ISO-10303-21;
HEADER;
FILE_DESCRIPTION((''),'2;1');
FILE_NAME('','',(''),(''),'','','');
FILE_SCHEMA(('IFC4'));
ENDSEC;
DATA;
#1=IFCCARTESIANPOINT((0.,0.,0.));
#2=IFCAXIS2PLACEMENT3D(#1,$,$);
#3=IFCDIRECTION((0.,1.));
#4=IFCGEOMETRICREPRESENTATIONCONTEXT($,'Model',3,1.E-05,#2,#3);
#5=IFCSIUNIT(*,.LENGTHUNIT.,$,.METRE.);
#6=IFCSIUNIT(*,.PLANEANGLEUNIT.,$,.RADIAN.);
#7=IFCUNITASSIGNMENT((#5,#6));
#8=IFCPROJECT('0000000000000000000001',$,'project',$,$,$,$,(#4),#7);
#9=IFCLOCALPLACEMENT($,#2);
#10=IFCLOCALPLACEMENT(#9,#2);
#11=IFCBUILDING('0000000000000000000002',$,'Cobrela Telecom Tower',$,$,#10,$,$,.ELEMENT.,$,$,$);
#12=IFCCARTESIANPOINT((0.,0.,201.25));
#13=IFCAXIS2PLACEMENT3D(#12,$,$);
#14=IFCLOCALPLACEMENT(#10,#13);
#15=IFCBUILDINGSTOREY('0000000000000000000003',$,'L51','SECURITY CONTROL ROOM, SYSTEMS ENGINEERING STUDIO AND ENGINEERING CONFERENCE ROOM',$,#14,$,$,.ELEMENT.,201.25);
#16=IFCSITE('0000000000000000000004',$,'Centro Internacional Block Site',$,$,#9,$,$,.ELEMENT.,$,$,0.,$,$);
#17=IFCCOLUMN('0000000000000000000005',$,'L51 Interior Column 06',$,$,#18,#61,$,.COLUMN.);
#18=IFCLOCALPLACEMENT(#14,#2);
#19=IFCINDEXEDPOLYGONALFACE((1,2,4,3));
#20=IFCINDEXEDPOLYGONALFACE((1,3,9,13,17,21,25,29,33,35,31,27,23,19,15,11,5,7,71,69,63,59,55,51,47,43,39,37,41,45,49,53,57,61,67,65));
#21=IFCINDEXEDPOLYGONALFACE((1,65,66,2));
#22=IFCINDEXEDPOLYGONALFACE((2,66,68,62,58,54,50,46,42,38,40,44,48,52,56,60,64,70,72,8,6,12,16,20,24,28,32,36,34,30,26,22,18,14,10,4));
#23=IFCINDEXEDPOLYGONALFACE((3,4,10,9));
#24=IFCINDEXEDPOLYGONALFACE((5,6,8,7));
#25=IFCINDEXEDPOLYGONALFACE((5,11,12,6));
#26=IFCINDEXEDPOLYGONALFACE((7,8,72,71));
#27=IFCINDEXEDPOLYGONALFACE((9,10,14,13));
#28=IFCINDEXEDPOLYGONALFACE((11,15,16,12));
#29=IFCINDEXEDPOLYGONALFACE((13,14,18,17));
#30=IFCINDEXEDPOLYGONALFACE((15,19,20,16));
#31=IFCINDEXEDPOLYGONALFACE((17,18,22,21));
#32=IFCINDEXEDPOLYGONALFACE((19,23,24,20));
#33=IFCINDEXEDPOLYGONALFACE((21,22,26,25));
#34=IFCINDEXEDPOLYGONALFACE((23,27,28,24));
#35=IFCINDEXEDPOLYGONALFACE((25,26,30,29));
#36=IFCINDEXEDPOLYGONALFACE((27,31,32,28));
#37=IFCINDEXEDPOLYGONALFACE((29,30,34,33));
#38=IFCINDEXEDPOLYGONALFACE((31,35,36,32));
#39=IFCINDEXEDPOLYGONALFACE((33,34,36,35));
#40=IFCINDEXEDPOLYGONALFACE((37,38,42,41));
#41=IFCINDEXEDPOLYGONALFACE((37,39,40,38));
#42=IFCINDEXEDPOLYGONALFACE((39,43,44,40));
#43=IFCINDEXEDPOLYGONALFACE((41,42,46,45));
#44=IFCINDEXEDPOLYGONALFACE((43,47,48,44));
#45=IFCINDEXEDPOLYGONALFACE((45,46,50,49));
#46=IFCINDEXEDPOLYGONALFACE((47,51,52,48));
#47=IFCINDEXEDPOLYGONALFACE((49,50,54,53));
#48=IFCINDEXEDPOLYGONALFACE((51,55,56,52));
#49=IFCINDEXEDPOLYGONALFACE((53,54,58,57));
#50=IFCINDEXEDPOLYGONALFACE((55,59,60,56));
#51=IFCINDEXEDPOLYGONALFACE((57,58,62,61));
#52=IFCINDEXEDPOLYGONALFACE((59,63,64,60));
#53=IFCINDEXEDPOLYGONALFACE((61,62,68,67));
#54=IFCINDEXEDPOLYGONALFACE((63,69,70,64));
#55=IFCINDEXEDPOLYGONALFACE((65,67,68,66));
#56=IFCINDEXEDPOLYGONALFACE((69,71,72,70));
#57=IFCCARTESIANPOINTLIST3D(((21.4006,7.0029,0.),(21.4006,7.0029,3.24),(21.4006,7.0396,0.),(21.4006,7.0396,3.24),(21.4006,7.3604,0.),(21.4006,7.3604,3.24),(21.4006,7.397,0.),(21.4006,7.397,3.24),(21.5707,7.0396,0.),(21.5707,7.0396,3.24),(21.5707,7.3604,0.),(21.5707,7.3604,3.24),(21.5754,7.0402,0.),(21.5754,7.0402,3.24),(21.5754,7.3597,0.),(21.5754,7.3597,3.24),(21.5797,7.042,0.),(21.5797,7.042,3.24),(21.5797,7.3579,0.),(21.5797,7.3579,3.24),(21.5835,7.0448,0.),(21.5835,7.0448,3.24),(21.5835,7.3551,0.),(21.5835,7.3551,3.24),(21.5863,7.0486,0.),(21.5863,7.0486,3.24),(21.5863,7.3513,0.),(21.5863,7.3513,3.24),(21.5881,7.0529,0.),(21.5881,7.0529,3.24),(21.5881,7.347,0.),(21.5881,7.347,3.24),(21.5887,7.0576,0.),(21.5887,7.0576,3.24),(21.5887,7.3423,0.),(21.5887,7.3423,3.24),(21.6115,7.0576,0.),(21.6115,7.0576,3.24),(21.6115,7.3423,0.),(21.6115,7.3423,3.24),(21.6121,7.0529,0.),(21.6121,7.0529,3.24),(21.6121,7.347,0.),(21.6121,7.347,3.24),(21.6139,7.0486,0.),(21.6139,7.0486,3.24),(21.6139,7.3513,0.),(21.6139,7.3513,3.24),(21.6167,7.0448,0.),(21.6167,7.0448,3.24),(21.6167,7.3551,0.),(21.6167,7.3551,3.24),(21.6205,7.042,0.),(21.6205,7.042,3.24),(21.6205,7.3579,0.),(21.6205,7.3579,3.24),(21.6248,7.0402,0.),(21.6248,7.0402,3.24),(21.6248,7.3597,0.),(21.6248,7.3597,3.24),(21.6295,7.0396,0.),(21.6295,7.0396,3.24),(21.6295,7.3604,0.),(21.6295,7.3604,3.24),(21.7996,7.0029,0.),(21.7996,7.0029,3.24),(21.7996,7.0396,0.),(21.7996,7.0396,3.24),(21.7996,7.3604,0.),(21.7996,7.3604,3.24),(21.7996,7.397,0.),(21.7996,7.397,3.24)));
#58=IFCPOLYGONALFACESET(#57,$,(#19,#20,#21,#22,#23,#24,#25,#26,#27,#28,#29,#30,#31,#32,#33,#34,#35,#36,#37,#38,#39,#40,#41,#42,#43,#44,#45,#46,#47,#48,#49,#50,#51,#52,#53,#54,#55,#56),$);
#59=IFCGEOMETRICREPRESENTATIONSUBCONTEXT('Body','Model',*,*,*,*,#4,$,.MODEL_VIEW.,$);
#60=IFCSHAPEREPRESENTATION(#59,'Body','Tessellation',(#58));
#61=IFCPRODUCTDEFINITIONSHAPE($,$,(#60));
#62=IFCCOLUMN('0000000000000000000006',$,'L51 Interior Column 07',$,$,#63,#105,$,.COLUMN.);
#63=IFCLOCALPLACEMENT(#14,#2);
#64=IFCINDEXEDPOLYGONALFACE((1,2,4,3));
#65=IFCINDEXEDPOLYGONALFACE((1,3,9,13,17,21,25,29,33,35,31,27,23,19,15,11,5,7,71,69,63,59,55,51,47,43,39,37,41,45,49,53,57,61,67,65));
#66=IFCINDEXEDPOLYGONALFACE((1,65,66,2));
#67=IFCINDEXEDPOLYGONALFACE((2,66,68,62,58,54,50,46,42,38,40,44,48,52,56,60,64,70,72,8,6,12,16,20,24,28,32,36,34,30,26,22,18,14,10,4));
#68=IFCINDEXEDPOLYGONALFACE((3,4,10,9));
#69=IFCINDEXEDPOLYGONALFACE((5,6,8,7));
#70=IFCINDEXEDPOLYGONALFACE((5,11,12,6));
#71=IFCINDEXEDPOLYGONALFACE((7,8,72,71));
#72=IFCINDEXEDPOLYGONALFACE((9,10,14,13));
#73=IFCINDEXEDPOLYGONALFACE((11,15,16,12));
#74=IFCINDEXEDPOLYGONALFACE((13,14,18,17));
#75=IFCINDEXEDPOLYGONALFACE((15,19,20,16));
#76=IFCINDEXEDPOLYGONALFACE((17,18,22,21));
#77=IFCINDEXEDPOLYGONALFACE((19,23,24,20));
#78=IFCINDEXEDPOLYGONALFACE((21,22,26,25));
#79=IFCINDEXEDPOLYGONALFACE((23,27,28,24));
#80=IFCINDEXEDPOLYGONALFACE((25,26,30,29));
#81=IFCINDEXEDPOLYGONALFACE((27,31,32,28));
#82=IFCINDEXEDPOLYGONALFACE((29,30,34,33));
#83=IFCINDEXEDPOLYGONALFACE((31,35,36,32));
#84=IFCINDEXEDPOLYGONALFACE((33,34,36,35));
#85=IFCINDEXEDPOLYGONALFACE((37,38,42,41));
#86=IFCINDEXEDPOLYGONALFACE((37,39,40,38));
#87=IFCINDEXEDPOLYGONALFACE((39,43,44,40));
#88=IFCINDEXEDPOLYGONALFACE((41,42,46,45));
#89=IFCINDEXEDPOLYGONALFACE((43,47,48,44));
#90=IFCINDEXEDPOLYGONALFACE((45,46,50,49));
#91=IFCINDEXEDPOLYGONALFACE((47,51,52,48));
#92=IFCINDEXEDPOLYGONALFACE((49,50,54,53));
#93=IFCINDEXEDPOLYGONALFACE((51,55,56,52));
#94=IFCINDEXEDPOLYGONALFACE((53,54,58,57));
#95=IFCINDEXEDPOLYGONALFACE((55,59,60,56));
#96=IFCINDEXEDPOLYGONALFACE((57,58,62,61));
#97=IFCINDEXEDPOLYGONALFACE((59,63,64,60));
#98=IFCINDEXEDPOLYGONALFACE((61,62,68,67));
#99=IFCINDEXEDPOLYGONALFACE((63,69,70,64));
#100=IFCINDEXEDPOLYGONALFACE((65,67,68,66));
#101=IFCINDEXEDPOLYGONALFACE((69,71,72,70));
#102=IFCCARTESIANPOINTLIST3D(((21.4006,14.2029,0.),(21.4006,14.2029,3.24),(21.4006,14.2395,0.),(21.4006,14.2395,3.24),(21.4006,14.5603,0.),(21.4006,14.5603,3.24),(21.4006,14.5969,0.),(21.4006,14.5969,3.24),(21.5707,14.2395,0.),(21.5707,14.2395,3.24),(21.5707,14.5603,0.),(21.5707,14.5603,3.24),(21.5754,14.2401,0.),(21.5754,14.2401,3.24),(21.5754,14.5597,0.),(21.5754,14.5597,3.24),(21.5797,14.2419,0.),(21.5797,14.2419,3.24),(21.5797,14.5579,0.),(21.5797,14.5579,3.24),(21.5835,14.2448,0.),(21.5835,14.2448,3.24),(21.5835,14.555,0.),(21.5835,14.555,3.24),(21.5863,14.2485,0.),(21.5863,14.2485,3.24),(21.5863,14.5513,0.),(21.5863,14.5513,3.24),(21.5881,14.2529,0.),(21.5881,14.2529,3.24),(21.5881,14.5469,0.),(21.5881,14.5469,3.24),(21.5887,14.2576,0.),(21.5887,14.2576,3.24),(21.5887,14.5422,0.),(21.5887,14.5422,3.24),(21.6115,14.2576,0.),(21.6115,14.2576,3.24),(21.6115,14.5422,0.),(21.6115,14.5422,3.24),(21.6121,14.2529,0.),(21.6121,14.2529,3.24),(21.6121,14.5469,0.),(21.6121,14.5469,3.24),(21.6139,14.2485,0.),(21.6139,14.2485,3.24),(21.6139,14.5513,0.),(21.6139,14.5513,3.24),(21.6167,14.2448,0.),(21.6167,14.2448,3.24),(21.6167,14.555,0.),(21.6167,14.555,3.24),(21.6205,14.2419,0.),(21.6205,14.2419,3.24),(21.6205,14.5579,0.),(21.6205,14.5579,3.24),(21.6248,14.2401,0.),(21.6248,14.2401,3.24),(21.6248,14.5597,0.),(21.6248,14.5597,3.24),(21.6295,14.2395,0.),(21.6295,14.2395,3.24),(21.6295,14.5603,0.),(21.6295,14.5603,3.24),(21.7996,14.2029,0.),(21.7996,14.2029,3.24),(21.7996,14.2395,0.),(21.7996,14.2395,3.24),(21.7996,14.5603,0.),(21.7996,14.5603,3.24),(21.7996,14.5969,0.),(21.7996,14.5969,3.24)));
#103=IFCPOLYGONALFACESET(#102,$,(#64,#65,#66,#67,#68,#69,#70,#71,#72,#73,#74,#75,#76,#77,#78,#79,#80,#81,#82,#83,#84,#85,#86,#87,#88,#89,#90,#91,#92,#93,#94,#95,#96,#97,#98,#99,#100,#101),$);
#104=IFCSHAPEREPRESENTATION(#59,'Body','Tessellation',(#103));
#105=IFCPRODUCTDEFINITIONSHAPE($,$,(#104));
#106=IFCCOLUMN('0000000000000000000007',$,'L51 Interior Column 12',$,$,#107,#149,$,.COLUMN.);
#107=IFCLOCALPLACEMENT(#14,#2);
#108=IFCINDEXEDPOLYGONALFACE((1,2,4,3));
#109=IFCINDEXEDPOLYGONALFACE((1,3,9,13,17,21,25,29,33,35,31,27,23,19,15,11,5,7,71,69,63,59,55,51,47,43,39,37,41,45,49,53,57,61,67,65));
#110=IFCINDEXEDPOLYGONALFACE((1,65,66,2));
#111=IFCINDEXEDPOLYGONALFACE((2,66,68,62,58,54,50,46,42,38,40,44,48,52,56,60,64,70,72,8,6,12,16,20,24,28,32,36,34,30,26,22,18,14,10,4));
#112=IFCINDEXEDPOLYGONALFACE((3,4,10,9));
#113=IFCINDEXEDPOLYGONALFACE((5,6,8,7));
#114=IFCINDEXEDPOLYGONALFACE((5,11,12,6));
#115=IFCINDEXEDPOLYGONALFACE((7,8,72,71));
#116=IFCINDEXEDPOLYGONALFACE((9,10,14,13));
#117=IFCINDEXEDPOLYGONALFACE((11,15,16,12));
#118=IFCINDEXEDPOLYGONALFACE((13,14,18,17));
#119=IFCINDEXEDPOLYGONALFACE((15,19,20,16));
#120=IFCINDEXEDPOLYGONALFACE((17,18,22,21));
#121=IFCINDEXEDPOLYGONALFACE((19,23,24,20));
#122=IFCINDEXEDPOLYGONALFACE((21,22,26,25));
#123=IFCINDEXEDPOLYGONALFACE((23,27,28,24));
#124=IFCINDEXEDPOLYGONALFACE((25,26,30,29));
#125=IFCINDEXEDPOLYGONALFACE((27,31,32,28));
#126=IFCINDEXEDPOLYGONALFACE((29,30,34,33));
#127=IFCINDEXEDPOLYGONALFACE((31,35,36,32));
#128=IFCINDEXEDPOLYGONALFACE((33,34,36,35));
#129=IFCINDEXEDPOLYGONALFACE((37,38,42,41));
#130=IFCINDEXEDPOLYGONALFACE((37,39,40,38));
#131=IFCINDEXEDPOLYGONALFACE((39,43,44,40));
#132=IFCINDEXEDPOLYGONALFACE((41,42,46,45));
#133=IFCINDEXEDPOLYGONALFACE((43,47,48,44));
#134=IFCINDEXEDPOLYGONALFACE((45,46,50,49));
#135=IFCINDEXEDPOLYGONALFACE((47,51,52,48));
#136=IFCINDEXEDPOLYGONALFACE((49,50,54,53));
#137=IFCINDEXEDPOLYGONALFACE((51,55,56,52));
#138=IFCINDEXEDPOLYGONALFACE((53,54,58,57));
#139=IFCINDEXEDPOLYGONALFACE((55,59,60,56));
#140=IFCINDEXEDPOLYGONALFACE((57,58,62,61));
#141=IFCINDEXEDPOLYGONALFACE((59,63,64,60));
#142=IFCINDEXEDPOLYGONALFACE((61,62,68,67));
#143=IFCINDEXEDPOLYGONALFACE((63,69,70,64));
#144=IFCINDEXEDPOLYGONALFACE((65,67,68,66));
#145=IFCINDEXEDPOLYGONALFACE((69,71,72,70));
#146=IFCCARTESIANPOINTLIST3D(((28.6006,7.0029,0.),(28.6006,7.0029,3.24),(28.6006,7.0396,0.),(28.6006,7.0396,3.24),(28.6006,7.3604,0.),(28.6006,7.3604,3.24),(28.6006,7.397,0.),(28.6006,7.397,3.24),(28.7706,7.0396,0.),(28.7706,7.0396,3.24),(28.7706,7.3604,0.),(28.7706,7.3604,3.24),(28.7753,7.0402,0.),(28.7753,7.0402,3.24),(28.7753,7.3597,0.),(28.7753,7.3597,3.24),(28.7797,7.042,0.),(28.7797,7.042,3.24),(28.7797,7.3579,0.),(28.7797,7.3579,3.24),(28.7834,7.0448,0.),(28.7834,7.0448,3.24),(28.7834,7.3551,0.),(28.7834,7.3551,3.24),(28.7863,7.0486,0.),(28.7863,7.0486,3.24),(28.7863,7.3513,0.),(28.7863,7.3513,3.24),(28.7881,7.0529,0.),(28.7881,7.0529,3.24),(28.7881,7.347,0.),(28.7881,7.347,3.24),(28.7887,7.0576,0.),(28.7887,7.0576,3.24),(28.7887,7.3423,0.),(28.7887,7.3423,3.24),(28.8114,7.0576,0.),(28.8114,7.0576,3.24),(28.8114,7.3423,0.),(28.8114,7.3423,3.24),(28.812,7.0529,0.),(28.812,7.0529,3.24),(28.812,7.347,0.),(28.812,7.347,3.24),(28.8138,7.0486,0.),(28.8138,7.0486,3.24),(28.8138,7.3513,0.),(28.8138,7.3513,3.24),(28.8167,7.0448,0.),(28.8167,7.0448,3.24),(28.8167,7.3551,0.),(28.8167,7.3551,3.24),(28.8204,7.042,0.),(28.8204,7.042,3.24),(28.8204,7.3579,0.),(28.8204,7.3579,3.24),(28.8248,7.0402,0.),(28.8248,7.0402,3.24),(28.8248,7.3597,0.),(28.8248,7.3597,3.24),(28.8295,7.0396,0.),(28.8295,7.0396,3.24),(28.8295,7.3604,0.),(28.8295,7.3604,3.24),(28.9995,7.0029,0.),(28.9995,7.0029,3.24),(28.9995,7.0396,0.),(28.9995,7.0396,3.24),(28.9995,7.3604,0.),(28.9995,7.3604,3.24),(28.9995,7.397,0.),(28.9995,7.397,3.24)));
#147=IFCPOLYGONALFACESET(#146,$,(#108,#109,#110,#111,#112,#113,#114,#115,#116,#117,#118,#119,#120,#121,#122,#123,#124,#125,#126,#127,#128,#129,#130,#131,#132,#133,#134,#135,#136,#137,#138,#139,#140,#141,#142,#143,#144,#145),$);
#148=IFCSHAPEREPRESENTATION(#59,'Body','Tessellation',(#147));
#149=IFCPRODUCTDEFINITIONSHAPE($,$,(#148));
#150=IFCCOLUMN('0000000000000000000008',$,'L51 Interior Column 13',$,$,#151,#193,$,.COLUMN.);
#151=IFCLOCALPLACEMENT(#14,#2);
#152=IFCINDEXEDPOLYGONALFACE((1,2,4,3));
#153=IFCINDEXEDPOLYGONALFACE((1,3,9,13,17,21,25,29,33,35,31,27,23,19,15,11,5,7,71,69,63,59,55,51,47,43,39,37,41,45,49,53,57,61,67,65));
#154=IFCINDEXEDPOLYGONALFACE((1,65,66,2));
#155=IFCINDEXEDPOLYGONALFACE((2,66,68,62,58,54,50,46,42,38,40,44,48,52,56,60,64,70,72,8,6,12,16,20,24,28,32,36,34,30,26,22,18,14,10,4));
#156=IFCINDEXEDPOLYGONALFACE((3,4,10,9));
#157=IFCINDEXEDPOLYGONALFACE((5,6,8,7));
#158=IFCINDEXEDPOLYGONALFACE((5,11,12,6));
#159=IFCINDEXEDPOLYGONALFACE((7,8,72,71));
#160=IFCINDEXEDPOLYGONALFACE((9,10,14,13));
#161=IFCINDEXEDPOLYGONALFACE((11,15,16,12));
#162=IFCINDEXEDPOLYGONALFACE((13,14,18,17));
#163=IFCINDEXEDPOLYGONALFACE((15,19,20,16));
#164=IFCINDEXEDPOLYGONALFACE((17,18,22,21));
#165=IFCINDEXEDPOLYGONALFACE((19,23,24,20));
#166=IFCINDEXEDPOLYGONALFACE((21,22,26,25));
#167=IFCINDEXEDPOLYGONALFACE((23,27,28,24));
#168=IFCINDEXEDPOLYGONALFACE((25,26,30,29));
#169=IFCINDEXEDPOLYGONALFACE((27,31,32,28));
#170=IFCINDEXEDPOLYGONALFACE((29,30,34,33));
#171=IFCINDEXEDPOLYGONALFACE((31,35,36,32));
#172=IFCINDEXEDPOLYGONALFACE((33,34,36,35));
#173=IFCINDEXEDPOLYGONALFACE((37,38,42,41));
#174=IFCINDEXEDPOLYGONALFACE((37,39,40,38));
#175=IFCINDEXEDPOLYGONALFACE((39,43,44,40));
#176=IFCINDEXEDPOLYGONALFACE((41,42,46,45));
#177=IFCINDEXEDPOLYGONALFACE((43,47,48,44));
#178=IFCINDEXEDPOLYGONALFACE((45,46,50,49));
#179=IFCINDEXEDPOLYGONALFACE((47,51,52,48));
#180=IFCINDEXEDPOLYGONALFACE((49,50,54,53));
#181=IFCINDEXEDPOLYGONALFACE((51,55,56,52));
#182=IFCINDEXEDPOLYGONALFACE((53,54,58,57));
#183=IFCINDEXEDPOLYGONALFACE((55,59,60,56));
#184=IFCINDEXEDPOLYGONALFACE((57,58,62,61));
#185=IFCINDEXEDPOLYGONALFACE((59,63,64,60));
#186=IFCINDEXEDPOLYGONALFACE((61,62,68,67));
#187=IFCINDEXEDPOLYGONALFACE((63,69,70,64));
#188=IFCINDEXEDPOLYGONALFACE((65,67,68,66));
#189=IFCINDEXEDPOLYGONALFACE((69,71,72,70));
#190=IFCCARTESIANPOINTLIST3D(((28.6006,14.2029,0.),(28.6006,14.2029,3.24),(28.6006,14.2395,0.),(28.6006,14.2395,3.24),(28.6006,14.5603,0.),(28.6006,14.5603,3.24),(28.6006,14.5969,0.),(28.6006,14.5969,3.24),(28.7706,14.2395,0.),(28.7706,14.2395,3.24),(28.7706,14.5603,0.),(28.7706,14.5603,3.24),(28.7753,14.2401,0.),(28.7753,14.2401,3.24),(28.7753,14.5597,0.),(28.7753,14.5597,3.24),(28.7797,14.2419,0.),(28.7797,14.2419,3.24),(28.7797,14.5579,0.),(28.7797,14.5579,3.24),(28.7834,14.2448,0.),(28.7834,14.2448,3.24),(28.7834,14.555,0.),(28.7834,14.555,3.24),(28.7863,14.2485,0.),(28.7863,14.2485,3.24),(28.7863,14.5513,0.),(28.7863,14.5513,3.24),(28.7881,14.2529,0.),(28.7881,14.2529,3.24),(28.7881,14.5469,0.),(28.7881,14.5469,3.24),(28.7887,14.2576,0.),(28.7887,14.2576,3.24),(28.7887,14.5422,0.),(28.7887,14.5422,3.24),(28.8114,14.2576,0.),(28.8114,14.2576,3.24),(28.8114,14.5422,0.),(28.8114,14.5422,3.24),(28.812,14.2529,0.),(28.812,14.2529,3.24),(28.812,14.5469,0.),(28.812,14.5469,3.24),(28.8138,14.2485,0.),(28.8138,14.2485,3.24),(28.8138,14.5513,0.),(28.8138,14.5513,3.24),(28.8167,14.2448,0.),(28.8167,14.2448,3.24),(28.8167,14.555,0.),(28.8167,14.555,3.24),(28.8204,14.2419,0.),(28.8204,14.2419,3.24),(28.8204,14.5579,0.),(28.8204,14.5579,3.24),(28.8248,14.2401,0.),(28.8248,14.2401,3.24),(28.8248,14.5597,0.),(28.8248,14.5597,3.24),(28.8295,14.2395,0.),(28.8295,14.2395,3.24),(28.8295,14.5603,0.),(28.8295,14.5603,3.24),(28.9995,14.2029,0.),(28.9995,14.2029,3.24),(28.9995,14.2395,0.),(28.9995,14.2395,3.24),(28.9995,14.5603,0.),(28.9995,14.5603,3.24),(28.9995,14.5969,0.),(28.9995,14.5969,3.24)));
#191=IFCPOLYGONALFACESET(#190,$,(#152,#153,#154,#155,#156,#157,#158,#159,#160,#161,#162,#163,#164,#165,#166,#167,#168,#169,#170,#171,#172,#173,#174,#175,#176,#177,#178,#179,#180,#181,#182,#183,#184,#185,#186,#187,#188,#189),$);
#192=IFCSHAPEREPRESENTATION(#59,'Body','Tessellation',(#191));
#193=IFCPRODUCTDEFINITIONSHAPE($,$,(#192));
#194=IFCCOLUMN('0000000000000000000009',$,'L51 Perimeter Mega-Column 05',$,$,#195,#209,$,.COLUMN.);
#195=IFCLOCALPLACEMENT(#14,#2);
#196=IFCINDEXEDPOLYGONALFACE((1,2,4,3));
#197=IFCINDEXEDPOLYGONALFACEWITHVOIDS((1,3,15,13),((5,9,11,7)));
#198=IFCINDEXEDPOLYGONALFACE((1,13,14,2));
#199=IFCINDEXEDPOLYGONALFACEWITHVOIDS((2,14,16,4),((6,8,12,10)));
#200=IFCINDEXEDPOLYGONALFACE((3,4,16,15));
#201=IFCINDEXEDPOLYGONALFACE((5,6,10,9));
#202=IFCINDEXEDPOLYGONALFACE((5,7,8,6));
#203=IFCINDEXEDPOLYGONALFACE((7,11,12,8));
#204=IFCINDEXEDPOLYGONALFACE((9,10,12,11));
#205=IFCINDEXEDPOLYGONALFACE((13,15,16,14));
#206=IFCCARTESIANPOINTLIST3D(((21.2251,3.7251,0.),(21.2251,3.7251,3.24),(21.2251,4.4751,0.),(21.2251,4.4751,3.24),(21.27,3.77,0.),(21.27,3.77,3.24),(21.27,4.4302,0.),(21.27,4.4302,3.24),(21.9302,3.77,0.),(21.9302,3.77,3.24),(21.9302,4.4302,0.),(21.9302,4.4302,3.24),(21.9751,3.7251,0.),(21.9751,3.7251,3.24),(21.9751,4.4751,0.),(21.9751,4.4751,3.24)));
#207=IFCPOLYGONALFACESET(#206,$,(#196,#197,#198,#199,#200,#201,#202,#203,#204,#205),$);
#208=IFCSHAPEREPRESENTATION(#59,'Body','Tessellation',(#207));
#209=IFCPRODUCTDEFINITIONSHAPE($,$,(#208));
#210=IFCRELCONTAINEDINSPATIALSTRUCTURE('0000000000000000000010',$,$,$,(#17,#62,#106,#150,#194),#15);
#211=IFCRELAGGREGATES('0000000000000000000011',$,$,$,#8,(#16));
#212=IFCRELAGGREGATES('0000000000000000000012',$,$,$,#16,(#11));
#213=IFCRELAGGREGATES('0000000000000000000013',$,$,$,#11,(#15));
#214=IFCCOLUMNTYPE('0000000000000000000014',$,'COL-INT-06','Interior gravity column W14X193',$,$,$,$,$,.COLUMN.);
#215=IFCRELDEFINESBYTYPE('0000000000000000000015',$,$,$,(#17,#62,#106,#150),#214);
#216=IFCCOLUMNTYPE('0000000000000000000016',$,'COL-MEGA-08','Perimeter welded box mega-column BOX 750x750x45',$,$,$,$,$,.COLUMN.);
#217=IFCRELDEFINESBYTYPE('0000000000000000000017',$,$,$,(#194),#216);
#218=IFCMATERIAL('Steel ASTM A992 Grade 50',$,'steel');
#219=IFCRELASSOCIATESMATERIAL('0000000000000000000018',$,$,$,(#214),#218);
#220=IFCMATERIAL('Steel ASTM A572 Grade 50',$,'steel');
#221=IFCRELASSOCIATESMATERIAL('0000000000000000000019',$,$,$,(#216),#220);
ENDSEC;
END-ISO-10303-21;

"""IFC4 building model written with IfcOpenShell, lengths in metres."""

from ifc_helpers import new_model, si_unit, direction, frame, origin, origin_2d, place, context, subcontext, project, spatial, hollow_rectangle, i_section, extrude, material, material_profile, profile_set, type_object, element, save


model = new_model("IFC4")

# Units and contexts
model_context = context("Model", 3, precision=1e-05, world=origin(), true_north=direction((0.0, 1.0)))
body_context = subcontext(model_context, "Body", "Model", "MODEL_VIEW")
ifc_project = project(units=[si_unit("LENGTHUNIT", "METRE"), si_unit("PLANEANGLEUNIT", "RADIAN")], contexts=[model_context])

# Site, building, storey
site_placement = place(None, origin())
site = spatial("IfcSite", under=ifc_project, at=site_placement, Name="Centro Internacional Block Site", CompositionType="ELEMENT", RefElevation=0.0)
building_placement = place(site_placement, origin())
building = spatial("IfcBuilding", under=site, at=building_placement, Name="Cobrela Telecom Tower", CompositionType="ELEMENT")
storey_placement = place(building_placement, frame((0.0, 0.0, 201.25)))
storey = spatial("IfcBuildingStorey", under=building, at=storey_placement, Name="L51", Description="SECURITY CONTROL ROOM, SYSTEMS ENGINEERING STUDIO AND ENGINEERING CONFERENCE ROOM", CompositionType="ELEMENT", Elevation=201.25)

# Columns
ifc_material_1 = material(Name="Steel ASTM A992 Grade 50", Category="steel")
ifc_material_profile_1 = material_profile(ifc_material_1, i_section(OverallWidth=0.3989, OverallDepth=0.394, WebThickness=0.0227, FlangeThickness=0.0366, FilletRadius=0.0181, at=origin_2d()), Name="W14X193")
ifc_profile_set_1 = profile_set([ifc_material_profile_1], Name="Steel ASTM A992 Grade 50")
column_type_1 = type_object("IfcColumnType", Name="COL-INT-06", Description="Interior gravity column W14X193", PredefinedType="COLUMN", material=ifc_profile_set_1)
for number, where, z_axis, x_axis, name in (
    (1, (21.6001, 7.2, 0.0), (0.0, 0.0, 1.0), (1.0, 0.0, 0.0), "L51 Interior Column 06"),
    (2, (21.6001, 14.3999, 0.0), (0.0, 0.0, 1.0), (1.0, 0.0, 0.0), "L51 Interior Column 07"),
    (3, (28.8, 7.2, 0.0), (0.0, 0.0, 1.0), (1.0, 0.0, 0.0), "L51 Interior Column 12"),
    (4, (28.8, 14.3999, 0.0), (0.0, 0.0, 1.0), (1.0, 0.0, 0.0), "L51 Interior Column 13"),
):
    element("IfcColumn", number, at=place(storey_placement, frame(where, z_axis=z_axis, x_axis=x_axis)), inside=storey, type_object=column_type_1, Name=name, PredefinedType="COLUMN", context=body_context, shape_type="SweptSolid", body=[
        extrude(i_section(OverallWidth=0.3989, OverallDepth=0.394, WebThickness=0.0227, FlangeThickness=0.0366, FilletRadius=0.0181, at=origin_2d()), origin(), (0.0, 0.0, 1.0), 3.24),
    ])
ifc_material_2 = material(Name="Steel ASTM A572 Grade 50", Category="steel")
ifc_material_profile_2 = material_profile(ifc_material_2, hollow_rectangle(XDim=0.75, YDim=0.75, WallThickness=0.0449, at=origin_2d()), Name="BOX 750x750x45")
ifc_profile_set_2 = profile_set([ifc_material_profile_2], Name="Steel ASTM A572 Grade 50")
column_type_2 = type_object("IfcColumnType", Name="COL-MEGA-08", Description="Perimeter welded box mega-column BOX 750x750x45", PredefinedType="COLUMN", material=ifc_profile_set_2)
for number, where, z_axis, x_axis, name in (
    (5, (21.6001, 4.1001, 0.0), (0.0, 0.0, 1.0), (1.0, 0.0, 0.0), "L51 Perimeter Mega-Column 05"),
):
    element("IfcColumn", number, at=place(storey_placement, frame(where, z_axis=z_axis, x_axis=x_axis)), inside=storey, type_object=column_type_2, Name=name, PredefinedType="COLUMN", context=body_context, shape_type="SweptSolid", body=[
        extrude(hollow_rectangle(XDim=0.75, YDim=0.75, WallThickness=0.0449, at=origin_2d()), origin(), (0.0, 0.0, 1.0), 3.24),
    ])

save(model, "model.ifc")
